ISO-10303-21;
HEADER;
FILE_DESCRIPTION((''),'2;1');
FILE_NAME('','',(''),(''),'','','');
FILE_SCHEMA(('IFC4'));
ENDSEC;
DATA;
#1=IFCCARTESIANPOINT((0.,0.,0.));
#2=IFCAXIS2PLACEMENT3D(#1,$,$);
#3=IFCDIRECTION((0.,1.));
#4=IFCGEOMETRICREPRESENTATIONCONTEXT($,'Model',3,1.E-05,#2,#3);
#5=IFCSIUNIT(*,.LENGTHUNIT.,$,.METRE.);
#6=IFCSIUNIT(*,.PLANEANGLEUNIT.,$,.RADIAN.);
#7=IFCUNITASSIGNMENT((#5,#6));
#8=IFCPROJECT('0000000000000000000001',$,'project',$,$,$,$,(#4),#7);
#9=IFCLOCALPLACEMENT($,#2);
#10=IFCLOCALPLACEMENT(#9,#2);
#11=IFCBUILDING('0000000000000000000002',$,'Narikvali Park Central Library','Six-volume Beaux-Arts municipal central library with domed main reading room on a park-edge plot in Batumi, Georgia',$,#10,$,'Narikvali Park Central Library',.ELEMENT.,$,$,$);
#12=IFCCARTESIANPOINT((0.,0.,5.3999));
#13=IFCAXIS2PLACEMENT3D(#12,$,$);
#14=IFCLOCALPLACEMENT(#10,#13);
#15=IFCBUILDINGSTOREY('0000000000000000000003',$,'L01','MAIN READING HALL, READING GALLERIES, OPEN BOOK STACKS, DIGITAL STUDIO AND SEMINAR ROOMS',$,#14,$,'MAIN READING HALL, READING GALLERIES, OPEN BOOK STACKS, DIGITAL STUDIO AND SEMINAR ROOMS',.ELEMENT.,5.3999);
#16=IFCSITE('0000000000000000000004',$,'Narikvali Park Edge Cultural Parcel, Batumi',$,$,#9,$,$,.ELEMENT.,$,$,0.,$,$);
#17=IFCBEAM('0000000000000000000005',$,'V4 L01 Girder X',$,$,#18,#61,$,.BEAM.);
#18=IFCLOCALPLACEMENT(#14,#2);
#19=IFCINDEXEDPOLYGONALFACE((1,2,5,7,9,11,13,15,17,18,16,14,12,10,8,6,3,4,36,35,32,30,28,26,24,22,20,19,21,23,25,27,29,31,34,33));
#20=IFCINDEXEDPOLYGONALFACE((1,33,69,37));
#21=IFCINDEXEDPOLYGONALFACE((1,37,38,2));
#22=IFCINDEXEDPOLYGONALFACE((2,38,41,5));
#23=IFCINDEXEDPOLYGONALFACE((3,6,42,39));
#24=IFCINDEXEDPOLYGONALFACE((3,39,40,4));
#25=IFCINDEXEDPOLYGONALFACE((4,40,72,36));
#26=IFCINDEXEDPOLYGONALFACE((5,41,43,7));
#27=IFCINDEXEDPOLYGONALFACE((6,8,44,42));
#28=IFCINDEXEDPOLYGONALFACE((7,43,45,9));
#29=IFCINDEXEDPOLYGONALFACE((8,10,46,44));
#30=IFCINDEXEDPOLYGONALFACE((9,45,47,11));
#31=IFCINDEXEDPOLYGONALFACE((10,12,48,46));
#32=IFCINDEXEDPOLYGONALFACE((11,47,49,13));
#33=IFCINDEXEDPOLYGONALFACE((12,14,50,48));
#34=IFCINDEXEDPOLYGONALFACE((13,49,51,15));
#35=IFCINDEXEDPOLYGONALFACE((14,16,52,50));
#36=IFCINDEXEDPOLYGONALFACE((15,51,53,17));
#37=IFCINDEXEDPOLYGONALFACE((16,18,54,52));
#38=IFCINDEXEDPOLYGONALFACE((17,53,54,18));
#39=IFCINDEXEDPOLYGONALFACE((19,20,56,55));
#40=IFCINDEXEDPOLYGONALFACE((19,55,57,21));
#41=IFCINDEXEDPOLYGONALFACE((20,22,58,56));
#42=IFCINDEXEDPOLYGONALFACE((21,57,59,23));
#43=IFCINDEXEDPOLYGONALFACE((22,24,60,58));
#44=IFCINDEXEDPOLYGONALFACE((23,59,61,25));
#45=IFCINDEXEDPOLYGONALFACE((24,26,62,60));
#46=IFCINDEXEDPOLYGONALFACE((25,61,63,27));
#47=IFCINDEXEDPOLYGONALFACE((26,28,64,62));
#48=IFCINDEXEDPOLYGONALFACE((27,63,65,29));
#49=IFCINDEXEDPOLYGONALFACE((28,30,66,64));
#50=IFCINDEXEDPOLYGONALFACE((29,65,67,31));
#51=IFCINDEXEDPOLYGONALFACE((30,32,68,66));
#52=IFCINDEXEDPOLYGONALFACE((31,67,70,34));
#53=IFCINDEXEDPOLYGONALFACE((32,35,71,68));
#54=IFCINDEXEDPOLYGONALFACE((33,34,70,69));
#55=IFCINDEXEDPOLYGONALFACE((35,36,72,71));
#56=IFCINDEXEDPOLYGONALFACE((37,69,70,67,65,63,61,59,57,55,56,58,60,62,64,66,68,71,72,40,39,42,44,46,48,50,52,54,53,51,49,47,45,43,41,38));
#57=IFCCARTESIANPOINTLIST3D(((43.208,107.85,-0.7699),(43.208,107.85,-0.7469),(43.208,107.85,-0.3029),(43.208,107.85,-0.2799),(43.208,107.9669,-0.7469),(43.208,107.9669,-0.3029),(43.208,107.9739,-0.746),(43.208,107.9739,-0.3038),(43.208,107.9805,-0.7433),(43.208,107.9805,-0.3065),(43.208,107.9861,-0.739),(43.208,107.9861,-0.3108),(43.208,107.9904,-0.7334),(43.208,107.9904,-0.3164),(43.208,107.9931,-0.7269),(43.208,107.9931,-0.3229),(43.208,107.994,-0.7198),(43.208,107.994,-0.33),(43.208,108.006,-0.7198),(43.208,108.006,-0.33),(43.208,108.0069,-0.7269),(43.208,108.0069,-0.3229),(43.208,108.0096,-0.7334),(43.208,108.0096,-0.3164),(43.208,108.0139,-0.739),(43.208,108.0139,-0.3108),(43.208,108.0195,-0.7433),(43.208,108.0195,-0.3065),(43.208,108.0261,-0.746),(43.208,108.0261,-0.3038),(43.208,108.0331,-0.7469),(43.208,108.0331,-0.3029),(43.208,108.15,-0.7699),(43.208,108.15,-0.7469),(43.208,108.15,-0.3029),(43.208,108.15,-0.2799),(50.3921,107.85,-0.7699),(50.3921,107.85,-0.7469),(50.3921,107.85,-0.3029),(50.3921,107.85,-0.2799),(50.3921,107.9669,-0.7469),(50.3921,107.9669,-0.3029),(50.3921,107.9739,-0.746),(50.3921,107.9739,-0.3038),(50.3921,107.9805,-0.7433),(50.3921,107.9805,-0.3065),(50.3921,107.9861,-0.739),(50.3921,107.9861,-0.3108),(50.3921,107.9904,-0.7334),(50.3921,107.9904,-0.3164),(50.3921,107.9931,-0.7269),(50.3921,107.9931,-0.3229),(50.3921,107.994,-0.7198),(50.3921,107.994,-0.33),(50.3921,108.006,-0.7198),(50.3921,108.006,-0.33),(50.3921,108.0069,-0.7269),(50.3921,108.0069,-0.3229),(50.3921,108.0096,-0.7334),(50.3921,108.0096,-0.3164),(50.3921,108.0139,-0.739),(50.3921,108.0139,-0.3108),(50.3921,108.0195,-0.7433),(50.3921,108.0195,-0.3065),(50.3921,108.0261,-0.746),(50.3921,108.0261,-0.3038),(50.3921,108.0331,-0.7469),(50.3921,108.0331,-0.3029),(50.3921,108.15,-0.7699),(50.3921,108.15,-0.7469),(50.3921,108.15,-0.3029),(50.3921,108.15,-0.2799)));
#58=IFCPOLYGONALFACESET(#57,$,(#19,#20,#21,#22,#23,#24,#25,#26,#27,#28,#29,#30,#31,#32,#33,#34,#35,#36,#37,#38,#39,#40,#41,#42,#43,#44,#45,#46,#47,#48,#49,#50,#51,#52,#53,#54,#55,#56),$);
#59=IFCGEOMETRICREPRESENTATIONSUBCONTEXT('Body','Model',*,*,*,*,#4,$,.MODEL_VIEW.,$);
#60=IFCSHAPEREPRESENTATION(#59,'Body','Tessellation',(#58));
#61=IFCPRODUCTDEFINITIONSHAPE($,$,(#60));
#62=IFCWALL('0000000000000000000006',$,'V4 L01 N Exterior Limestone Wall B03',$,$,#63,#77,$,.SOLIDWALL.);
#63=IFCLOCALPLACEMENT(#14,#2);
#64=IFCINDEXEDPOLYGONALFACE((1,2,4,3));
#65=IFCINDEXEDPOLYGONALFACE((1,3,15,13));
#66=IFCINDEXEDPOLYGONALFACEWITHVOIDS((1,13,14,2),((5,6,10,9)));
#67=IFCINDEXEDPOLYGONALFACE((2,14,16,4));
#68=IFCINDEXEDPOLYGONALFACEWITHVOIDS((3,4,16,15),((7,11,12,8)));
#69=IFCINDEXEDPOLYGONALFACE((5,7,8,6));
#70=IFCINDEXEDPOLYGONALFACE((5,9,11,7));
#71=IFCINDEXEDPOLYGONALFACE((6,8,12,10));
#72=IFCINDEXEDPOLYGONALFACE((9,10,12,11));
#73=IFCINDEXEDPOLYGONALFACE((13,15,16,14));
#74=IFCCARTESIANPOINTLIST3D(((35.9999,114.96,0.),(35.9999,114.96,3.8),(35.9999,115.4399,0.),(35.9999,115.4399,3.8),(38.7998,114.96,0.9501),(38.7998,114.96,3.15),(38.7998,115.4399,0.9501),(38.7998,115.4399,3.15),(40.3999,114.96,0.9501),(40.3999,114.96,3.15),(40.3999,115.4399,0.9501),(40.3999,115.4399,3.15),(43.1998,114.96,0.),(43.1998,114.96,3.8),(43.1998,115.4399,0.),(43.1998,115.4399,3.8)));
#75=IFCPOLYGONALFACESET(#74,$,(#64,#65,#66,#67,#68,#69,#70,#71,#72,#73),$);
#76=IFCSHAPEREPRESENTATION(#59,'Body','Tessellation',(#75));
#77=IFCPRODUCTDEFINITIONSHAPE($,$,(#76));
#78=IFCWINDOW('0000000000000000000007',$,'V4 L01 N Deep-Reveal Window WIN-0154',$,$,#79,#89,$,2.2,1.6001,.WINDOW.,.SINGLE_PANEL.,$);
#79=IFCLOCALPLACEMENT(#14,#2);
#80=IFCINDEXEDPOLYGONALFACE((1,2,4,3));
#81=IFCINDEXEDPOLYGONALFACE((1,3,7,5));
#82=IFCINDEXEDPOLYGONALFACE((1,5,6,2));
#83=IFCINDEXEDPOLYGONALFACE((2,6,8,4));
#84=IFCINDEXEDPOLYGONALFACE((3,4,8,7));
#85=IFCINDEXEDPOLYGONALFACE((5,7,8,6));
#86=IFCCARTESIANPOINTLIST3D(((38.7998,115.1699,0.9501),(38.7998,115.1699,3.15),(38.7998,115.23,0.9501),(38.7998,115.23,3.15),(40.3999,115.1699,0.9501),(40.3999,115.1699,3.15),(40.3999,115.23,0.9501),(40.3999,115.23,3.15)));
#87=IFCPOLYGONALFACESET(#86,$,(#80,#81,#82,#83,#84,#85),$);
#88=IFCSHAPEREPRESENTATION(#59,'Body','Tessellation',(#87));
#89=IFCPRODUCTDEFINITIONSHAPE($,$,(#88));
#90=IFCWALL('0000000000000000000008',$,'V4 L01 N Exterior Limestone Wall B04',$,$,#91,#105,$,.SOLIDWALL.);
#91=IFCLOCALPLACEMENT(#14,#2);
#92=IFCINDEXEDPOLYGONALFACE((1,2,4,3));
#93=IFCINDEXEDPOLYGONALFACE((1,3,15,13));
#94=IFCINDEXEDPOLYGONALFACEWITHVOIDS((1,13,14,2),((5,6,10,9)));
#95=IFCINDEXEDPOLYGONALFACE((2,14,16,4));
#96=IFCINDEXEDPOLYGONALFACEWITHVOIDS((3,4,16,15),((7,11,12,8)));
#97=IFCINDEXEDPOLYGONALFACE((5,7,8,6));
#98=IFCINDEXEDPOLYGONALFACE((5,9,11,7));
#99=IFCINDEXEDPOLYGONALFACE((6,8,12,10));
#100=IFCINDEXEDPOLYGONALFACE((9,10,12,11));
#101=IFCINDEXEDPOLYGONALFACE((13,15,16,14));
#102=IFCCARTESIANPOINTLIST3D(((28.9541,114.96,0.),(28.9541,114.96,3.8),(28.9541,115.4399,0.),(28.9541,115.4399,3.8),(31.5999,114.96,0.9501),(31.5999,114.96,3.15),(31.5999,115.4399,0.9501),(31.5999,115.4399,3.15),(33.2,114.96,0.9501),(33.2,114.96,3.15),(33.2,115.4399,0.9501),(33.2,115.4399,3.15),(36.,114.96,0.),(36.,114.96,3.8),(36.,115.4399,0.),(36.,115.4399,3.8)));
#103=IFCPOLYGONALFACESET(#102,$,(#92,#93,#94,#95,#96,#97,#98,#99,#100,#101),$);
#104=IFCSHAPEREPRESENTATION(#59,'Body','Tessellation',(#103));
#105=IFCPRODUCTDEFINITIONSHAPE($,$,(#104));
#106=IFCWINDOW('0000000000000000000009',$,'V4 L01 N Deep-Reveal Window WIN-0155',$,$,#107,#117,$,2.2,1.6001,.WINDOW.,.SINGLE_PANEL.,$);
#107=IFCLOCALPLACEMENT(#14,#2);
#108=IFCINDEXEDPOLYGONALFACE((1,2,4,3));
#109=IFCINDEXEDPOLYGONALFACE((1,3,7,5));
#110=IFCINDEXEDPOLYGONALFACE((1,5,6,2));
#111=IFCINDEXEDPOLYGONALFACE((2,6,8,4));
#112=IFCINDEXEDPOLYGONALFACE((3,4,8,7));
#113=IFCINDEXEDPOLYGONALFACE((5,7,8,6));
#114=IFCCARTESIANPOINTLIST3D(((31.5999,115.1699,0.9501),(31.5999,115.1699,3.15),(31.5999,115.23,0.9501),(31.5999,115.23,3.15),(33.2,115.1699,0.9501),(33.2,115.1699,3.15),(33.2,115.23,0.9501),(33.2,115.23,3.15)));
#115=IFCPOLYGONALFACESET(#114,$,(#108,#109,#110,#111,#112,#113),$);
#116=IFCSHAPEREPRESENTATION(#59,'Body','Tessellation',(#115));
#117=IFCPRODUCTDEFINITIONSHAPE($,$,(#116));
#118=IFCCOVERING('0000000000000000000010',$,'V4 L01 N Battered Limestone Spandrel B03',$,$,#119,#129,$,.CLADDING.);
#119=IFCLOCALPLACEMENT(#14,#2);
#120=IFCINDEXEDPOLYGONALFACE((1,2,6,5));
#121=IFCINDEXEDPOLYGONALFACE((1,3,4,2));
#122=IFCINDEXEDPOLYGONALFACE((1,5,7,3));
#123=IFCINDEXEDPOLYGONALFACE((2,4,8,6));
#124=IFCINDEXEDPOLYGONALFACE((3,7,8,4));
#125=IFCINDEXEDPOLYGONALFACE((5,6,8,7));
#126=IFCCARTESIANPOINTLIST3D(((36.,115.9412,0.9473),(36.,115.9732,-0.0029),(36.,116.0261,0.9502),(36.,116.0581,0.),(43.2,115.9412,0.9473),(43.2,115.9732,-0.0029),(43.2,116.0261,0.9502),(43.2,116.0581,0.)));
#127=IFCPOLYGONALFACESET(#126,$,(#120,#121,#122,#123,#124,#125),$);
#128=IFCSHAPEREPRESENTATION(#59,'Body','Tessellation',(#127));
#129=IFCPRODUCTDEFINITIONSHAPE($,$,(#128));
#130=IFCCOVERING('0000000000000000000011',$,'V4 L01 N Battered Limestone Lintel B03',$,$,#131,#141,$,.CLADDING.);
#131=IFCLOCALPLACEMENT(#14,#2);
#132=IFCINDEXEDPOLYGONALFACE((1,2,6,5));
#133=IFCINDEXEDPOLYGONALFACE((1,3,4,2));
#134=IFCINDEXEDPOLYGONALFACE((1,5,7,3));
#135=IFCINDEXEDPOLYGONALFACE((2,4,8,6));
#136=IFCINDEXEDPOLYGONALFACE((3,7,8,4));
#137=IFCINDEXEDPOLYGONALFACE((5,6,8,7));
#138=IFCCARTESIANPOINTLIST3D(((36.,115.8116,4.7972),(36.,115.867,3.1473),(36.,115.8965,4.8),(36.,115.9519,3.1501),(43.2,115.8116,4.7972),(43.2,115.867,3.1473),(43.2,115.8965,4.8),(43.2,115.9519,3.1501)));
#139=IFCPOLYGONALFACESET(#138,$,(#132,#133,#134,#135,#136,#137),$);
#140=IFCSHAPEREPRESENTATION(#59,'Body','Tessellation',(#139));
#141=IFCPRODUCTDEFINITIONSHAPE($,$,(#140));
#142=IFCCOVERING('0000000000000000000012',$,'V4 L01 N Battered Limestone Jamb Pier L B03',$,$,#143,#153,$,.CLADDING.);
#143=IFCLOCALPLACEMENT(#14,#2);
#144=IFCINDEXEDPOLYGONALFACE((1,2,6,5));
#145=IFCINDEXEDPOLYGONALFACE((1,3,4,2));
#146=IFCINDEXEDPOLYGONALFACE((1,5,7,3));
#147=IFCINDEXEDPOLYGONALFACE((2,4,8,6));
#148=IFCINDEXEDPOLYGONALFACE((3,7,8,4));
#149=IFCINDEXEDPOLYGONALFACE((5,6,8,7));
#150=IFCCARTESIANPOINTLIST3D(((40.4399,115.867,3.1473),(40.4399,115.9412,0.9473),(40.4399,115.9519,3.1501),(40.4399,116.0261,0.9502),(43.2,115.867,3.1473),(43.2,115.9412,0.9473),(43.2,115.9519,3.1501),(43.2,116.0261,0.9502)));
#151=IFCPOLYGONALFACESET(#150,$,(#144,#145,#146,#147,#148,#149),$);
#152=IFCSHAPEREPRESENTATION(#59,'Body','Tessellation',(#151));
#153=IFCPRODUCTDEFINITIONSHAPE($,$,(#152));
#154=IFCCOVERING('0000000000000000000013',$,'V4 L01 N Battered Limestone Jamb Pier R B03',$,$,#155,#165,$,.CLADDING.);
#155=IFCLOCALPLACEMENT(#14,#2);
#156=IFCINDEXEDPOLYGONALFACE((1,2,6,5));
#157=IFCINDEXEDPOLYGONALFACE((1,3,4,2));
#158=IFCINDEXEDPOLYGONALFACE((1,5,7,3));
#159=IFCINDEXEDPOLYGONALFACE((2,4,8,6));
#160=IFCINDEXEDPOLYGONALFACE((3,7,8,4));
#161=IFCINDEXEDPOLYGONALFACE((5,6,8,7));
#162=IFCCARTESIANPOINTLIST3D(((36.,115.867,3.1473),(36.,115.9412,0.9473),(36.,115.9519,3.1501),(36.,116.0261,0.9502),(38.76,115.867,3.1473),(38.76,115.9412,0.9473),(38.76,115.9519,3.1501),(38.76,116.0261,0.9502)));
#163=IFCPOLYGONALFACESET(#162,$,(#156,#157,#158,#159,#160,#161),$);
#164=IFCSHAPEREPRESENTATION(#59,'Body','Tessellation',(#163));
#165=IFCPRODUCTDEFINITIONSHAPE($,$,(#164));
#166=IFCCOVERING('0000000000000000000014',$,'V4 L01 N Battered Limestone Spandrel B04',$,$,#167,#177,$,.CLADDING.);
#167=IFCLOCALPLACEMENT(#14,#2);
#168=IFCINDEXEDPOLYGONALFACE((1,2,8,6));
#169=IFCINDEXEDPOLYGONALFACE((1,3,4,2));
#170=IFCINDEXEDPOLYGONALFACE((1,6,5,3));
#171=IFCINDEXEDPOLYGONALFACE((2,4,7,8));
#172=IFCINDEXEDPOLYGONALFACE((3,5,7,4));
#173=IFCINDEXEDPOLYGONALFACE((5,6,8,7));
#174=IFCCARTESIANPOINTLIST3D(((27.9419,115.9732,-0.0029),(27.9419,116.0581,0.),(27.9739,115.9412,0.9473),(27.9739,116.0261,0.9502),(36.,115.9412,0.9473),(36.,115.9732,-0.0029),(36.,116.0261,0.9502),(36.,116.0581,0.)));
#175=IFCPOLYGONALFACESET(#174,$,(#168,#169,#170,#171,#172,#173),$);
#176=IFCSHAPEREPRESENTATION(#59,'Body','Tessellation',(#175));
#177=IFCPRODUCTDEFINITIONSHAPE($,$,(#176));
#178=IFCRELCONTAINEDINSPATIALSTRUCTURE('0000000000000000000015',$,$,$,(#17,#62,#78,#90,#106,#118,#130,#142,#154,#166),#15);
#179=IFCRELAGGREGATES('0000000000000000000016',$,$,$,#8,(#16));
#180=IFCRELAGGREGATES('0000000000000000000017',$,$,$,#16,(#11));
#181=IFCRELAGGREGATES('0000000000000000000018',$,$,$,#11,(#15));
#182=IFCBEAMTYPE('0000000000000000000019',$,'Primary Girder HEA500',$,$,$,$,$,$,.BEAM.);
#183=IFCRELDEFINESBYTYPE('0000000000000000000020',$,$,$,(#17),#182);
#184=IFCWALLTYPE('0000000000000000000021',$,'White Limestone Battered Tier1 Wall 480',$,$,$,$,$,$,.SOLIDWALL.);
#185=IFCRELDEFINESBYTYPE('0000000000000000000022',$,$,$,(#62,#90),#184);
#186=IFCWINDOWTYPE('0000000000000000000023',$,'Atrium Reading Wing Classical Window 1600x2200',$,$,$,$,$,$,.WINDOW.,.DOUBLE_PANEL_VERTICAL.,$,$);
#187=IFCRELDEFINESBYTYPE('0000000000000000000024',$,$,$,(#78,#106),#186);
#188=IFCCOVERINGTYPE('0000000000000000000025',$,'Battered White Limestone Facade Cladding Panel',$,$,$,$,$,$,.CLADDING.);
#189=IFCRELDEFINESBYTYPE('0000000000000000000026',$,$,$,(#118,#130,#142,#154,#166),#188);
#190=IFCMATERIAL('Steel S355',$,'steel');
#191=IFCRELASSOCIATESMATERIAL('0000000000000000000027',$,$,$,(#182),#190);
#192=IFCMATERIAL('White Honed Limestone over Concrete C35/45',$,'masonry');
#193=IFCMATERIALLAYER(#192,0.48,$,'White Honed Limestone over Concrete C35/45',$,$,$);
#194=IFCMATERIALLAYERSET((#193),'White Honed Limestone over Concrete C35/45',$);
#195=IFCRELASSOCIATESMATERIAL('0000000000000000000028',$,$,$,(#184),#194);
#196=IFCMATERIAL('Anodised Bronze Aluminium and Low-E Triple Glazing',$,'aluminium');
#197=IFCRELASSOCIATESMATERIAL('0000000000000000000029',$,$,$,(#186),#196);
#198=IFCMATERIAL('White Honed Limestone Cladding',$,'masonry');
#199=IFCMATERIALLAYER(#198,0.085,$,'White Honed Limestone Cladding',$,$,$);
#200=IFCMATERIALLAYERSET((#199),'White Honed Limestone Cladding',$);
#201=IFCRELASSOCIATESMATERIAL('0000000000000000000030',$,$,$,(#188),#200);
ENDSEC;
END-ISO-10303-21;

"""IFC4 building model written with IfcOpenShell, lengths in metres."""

from ifc_helpers import new_model, si_unit, direction, frame, frame_2d, origin, origin_2d, place, context, subcontext, project, spatial, polyline, rectangle, i_section, outline, extrude, material, layer, layer_set, material_profile, profile_set, type_object, element, fill, save


model = new_model("IFC4")

# Units and contexts
model_context = context("Model", 3, precision=1e-05, world=origin(), true_north=direction((0.0, 1.0)))
body_context = subcontext(model_context, "Body", "Model", "MODEL_VIEW")
ifc_project = project(units=[si_unit("LENGTHUNIT", "METRE"), si_unit("PLANEANGLEUNIT", "RADIAN")], contexts=[model_context])

# Site, building, storey
site_placement = place(None, origin())
site = spatial("IfcSite", under=ifc_project, at=site_placement, Name="Narikvali Park Edge Cultural Parcel, Batumi", CompositionType="ELEMENT", RefElevation=0.0)
building_placement = place(site_placement, origin())
building = spatial("IfcBuilding", under=site, at=building_placement, Name="Narikvali Park Central Library", Description="Six-volume Beaux-Arts municipal central library with domed main reading room on a park-edge plot in Batumi, Georgia", LongName="Narikvali Park Central Library", CompositionType="ELEMENT")
storey_placement = place(building_placement, frame((0.0, 0.0, 5.3999)))
storey = spatial("IfcBuildingStorey", under=building, at=storey_placement, Name="L01", Description="MAIN READING HALL, READING GALLERIES, OPEN BOOK STACKS, DIGITAL STUDIO AND SEMINAR ROOMS", LongName="MAIN READING HALL, READING GALLERIES, OPEN BOOK STACKS, DIGITAL STUDIO AND SEMINAR ROOMS", CompositionType="ELEMENT", Elevation=5.3999)

# Shared definitions
ifc_material_1 = material(Name="Steel S355", Category="steel")

# Beam
ifc_material_profile_1 = material_profile(ifc_material_1, i_section(OverallWidth=0.3, OverallDepth=0.49, WebThickness=0.012, FlangeThickness=0.0229, FilletRadius=0.0271, at=origin_2d()), Name="HEA 500")
ifc_profile_set_1 = profile_set([ifc_material_profile_1], Name="Steel S355")
beam_type_1 = type_object("IfcBeamType", Name="Primary Girder HEA500", PredefinedType="BEAM", material=ifc_profile_set_1)
beam_1_placement = place(storey_placement, frame((43.208, 108.0, -0.5249), z_axis=(1.0, 0.0, 0.0), x_axis=(0.0, 1.0, 0.0)))
element("IfcBeam", 1, at=beam_1_placement, inside=storey, type_object=beam_type_1, Name="V4 L01 Girder X", PredefinedType="BEAM", context=body_context, shape_type="SweptSolid", body=[
    extrude(i_section(OverallWidth=0.3, OverallDepth=0.49, WebThickness=0.012, FlangeThickness=0.0229, FilletRadius=0.0271, at=origin_2d()), origin(), (0.0, 0.0, 1.0), 7.1841),
])

# Walls, openings, windows
ifc_material_2 = material(Name="White Honed Limestone over Concrete C35/45", Category="masonry")
ifc_layer_1 = layer(ifc_material_2, 0.48, Name="White Honed Limestone over Concrete C35/45")
ifc_layer_set_1 = layer_set([ifc_layer_1], Name="White Honed Limestone over Concrete C35/45")
wall_type = type_object("IfcWallType", Name="White Limestone Battered Tier1 Wall 480", PredefinedType="SOLIDWALL", material=ifc_layer_set_1)
wall_1_placement = place(storey_placement, frame((43.2, 115.2, 0.0), z_axis=(0.0, 0.0, 1.0), x_axis=(-1.0, 0.0, 0.0)))
wall_1 = element("IfcWall", 2, at=wall_1_placement, inside=storey, type_object=wall_type, Name="V4 L01 N Exterior Limestone Wall B03", PredefinedType="SOLIDWALL", context=body_context, shape_type="SweptSolid", body=[
    extrude(rectangle(XDim=7.2, YDim=0.48, at=frame_2d((3.6001, 0.0))), origin(), (0.0, 0.0, 1.0), 3.8),
])
opening_1_placement = place(wall_1_placement, frame((2.8, 0.0, 0.95)))
opening_1 = element("IfcOpeningElement", 3, at=opening_1_placement, cuts=wall_1, PredefinedType="OPENING", context=body_context, shape_type="SweptSolid", body=[
    extrude(rectangle(XDim=1.6001, YDim=2.2, at=frame_2d((0.8, 1.1001))), frame((0.0, 0.252, 0.0), z_axis=(0.0, -1.0, 0.0), x_axis=(1.0, 0.0, 0.0)), (0.0, 0.0, 1.0), 0.5039),
])
ifc_material_3 = material(Name="Anodised Bronze Aluminium and Low-E Triple Glazing", Category="aluminium")
window_type = type_object("IfcWindowType", Name="Atrium Reading Wing Classical Window 1600x2200", PartitioningType="DOUBLE_PANEL_VERTICAL", PredefinedType="WINDOW", material=ifc_material_3)
window_1_placement = place(opening_1_placement, origin())
window_1 = element("IfcWindow", 4, at=window_1_placement, inside=storey, type_object=window_type, Name="V4 L01 N Deep-Reveal Window WIN-0154", OverallHeight=2.2, OverallWidth=1.6001, PartitioningType="SINGLE_PANEL", PredefinedType="WINDOW", context=body_context, shape_type="SweptSolid", body=[
    extrude(rectangle(XDim=1.6001, YDim=2.2, at=frame_2d((0.8, 1.1001))), frame((0.0, 0.03, 0.0), z_axis=(0.0, -1.0, 0.0), x_axis=(1.0, 0.0, 0.0)), (0.0, 0.0, 1.0), 0.0601),
])
fill(opening_1, window_1)
wall_2_placement = place(storey_placement, frame((36.0, 115.2, 0.0), z_axis=(0.0, 0.0, 1.0), x_axis=(-1.0, 0.0, 0.0)))
wall_2 = element("IfcWall", 5, at=wall_2_placement, inside=storey, type_object=wall_type, Name="V4 L01 N Exterior Limestone Wall B04", PredefinedType="SOLIDWALL", context=body_context, shape_type="SweptSolid", body=[
    extrude(rectangle(XDim=7.0459, YDim=0.48, at=frame_2d((3.5229, 0.0))), origin(), (0.0, 0.0, 1.0), 3.8),
])
opening_2_placement = place(wall_2_placement, frame((2.8, 0.0, 0.95)))
opening_2 = element("IfcOpeningElement", 6, at=opening_2_placement, cuts=wall_2, PredefinedType="OPENING", context=body_context, shape_type="SweptSolid", body=[
    extrude(rectangle(XDim=1.6001, YDim=2.2, at=frame_2d((0.8, 1.1001))), frame((0.0, 0.252, 0.0), z_axis=(0.0, -1.0, 0.0), x_axis=(1.0, 0.0, 0.0)), (0.0, 0.0, 1.0), 0.5039),
])
window_2_placement = place(opening_2_placement, origin())
window_2 = element("IfcWindow", 7, at=window_2_placement, inside=storey, type_object=window_type, Name="V4 L01 N Deep-Reveal Window WIN-0155", OverallHeight=2.2, OverallWidth=1.6001, PartitioningType="SINGLE_PANEL", PredefinedType="WINDOW", context=body_context, shape_type="SweptSolid", body=[
    extrude(rectangle(XDim=1.6001, YDim=2.2, at=frame_2d((0.8, 1.1001))), frame((0.0, 0.03, 0.0), z_axis=(0.0, -1.0, 0.0), x_axis=(1.0, 0.0, 0.0)), (0.0, 0.0, 1.0), 0.0601),
])
fill(opening_2, window_2)

# Coverings
ifc_material_4 = material(Name="White Honed Limestone Cladding", Category="masonry")
ifc_layer_2 = layer(ifc_material_4, 0.085, Name="White Honed Limestone Cladding")
ifc_layer_set_2 = layer_set([ifc_layer_2], Name="White Honed Limestone Cladding")
covering_type = type_object("IfcCoveringType", Name="Battered White Limestone Facade Cladding Panel", PredefinedType="CLADDING", material=ifc_layer_set_2)
covering_1_placement = place(storey_placement, frame((43.2, 116.0581, 0.0), z_axis=(0.0, 0.999434, 0.03364), x_axis=(-1.0, 0.0, 0.0)))
element("IfcCovering", 8, at=covering_1_placement, inside=storey, type_object=covering_type, Name="V4 L01 N Battered Limestone Spandrel B03", PredefinedType="CLADDING", context=body_context, shape_type="SweptSolid", body=[
    extrude(outline(polyline([(0.0, 0.0), (7.2, 0.0), (7.2, 0.9507), (0.0, 0.9507), (0.0, 0.0)])), origin(), (0.0, 0.0, -1.0), 0.085),
])
covering_2_placement = place(storey_placement, frame((43.2, 115.9519, 3.1501), z_axis=(0.0, 0.999436, 0.033571), x_axis=(-1.0, 0.0, 0.0)))
element("IfcCovering", 9, at=covering_2_placement, inside=storey, type_object=covering_type, Name="V4 L01 N Battered Limestone Lintel B03", PredefinedType="CLADDING", context=body_context, shape_type="SweptSolid", body=[
    extrude(outline(polyline([(0.0, 0.0), (7.2, 0.0), (7.2, 1.6508), (0.0, 1.6508), (0.0, 0.0)])), origin(), (0.0, 0.0, -1.0), 0.085),
])
for number, where, z_axis, x_axis, name in (
    (10, (43.2, 116.0261, 0.9502), (0.0, 0.999431, 0.033717), (-1.0, 0.0, 0.0), "V4 L01 N Battered Limestone Jamb Pier L B03"),
    (11, (38.76, 116.0261, 0.9502), (0.0, 0.999431, 0.033717), (-1.0, 0.0, 0.0), "V4 L01 N Battered Limestone Jamb Pier R B03"),
):
    element("IfcCovering", number, at=place(storey_placement, frame(where, z_axis=z_axis, x_axis=x_axis)), inside=storey, type_object=covering_type, Name=name, PredefinedType="CLADDING", context=body_context, shape_type="SweptSolid", body=[
        extrude(outline(polyline([(0.0, 0.0), (2.76, 0.0), (2.76, 2.2012), (0.0, 2.2012), (0.0, 0.0)])), origin(), (0.0, 0.0, -1.0), 0.085),
    ])
covering_3_placement = place(storey_placement, frame((36.0, 116.0581, 0.0), z_axis=(0.0, 0.999434, 0.03364), x_axis=(-1.0, 0.0, 0.0)))
element("IfcCovering", 12, at=covering_3_placement, inside=storey, type_object=covering_type, Name="V4 L01 N Battered Limestone Spandrel B04", PredefinedType="CLADDING", context=body_context, shape_type="SweptSolid", body=[
    extrude(outline(polyline([(0.0, 0.0), (8.0581, 0.0), (8.0261, 0.9507), (0.0, 0.9507), (0.0, 0.0)])), origin(), (0.0, 0.0, -1.0), 0.085),
])

save(model, "model.ifc")
